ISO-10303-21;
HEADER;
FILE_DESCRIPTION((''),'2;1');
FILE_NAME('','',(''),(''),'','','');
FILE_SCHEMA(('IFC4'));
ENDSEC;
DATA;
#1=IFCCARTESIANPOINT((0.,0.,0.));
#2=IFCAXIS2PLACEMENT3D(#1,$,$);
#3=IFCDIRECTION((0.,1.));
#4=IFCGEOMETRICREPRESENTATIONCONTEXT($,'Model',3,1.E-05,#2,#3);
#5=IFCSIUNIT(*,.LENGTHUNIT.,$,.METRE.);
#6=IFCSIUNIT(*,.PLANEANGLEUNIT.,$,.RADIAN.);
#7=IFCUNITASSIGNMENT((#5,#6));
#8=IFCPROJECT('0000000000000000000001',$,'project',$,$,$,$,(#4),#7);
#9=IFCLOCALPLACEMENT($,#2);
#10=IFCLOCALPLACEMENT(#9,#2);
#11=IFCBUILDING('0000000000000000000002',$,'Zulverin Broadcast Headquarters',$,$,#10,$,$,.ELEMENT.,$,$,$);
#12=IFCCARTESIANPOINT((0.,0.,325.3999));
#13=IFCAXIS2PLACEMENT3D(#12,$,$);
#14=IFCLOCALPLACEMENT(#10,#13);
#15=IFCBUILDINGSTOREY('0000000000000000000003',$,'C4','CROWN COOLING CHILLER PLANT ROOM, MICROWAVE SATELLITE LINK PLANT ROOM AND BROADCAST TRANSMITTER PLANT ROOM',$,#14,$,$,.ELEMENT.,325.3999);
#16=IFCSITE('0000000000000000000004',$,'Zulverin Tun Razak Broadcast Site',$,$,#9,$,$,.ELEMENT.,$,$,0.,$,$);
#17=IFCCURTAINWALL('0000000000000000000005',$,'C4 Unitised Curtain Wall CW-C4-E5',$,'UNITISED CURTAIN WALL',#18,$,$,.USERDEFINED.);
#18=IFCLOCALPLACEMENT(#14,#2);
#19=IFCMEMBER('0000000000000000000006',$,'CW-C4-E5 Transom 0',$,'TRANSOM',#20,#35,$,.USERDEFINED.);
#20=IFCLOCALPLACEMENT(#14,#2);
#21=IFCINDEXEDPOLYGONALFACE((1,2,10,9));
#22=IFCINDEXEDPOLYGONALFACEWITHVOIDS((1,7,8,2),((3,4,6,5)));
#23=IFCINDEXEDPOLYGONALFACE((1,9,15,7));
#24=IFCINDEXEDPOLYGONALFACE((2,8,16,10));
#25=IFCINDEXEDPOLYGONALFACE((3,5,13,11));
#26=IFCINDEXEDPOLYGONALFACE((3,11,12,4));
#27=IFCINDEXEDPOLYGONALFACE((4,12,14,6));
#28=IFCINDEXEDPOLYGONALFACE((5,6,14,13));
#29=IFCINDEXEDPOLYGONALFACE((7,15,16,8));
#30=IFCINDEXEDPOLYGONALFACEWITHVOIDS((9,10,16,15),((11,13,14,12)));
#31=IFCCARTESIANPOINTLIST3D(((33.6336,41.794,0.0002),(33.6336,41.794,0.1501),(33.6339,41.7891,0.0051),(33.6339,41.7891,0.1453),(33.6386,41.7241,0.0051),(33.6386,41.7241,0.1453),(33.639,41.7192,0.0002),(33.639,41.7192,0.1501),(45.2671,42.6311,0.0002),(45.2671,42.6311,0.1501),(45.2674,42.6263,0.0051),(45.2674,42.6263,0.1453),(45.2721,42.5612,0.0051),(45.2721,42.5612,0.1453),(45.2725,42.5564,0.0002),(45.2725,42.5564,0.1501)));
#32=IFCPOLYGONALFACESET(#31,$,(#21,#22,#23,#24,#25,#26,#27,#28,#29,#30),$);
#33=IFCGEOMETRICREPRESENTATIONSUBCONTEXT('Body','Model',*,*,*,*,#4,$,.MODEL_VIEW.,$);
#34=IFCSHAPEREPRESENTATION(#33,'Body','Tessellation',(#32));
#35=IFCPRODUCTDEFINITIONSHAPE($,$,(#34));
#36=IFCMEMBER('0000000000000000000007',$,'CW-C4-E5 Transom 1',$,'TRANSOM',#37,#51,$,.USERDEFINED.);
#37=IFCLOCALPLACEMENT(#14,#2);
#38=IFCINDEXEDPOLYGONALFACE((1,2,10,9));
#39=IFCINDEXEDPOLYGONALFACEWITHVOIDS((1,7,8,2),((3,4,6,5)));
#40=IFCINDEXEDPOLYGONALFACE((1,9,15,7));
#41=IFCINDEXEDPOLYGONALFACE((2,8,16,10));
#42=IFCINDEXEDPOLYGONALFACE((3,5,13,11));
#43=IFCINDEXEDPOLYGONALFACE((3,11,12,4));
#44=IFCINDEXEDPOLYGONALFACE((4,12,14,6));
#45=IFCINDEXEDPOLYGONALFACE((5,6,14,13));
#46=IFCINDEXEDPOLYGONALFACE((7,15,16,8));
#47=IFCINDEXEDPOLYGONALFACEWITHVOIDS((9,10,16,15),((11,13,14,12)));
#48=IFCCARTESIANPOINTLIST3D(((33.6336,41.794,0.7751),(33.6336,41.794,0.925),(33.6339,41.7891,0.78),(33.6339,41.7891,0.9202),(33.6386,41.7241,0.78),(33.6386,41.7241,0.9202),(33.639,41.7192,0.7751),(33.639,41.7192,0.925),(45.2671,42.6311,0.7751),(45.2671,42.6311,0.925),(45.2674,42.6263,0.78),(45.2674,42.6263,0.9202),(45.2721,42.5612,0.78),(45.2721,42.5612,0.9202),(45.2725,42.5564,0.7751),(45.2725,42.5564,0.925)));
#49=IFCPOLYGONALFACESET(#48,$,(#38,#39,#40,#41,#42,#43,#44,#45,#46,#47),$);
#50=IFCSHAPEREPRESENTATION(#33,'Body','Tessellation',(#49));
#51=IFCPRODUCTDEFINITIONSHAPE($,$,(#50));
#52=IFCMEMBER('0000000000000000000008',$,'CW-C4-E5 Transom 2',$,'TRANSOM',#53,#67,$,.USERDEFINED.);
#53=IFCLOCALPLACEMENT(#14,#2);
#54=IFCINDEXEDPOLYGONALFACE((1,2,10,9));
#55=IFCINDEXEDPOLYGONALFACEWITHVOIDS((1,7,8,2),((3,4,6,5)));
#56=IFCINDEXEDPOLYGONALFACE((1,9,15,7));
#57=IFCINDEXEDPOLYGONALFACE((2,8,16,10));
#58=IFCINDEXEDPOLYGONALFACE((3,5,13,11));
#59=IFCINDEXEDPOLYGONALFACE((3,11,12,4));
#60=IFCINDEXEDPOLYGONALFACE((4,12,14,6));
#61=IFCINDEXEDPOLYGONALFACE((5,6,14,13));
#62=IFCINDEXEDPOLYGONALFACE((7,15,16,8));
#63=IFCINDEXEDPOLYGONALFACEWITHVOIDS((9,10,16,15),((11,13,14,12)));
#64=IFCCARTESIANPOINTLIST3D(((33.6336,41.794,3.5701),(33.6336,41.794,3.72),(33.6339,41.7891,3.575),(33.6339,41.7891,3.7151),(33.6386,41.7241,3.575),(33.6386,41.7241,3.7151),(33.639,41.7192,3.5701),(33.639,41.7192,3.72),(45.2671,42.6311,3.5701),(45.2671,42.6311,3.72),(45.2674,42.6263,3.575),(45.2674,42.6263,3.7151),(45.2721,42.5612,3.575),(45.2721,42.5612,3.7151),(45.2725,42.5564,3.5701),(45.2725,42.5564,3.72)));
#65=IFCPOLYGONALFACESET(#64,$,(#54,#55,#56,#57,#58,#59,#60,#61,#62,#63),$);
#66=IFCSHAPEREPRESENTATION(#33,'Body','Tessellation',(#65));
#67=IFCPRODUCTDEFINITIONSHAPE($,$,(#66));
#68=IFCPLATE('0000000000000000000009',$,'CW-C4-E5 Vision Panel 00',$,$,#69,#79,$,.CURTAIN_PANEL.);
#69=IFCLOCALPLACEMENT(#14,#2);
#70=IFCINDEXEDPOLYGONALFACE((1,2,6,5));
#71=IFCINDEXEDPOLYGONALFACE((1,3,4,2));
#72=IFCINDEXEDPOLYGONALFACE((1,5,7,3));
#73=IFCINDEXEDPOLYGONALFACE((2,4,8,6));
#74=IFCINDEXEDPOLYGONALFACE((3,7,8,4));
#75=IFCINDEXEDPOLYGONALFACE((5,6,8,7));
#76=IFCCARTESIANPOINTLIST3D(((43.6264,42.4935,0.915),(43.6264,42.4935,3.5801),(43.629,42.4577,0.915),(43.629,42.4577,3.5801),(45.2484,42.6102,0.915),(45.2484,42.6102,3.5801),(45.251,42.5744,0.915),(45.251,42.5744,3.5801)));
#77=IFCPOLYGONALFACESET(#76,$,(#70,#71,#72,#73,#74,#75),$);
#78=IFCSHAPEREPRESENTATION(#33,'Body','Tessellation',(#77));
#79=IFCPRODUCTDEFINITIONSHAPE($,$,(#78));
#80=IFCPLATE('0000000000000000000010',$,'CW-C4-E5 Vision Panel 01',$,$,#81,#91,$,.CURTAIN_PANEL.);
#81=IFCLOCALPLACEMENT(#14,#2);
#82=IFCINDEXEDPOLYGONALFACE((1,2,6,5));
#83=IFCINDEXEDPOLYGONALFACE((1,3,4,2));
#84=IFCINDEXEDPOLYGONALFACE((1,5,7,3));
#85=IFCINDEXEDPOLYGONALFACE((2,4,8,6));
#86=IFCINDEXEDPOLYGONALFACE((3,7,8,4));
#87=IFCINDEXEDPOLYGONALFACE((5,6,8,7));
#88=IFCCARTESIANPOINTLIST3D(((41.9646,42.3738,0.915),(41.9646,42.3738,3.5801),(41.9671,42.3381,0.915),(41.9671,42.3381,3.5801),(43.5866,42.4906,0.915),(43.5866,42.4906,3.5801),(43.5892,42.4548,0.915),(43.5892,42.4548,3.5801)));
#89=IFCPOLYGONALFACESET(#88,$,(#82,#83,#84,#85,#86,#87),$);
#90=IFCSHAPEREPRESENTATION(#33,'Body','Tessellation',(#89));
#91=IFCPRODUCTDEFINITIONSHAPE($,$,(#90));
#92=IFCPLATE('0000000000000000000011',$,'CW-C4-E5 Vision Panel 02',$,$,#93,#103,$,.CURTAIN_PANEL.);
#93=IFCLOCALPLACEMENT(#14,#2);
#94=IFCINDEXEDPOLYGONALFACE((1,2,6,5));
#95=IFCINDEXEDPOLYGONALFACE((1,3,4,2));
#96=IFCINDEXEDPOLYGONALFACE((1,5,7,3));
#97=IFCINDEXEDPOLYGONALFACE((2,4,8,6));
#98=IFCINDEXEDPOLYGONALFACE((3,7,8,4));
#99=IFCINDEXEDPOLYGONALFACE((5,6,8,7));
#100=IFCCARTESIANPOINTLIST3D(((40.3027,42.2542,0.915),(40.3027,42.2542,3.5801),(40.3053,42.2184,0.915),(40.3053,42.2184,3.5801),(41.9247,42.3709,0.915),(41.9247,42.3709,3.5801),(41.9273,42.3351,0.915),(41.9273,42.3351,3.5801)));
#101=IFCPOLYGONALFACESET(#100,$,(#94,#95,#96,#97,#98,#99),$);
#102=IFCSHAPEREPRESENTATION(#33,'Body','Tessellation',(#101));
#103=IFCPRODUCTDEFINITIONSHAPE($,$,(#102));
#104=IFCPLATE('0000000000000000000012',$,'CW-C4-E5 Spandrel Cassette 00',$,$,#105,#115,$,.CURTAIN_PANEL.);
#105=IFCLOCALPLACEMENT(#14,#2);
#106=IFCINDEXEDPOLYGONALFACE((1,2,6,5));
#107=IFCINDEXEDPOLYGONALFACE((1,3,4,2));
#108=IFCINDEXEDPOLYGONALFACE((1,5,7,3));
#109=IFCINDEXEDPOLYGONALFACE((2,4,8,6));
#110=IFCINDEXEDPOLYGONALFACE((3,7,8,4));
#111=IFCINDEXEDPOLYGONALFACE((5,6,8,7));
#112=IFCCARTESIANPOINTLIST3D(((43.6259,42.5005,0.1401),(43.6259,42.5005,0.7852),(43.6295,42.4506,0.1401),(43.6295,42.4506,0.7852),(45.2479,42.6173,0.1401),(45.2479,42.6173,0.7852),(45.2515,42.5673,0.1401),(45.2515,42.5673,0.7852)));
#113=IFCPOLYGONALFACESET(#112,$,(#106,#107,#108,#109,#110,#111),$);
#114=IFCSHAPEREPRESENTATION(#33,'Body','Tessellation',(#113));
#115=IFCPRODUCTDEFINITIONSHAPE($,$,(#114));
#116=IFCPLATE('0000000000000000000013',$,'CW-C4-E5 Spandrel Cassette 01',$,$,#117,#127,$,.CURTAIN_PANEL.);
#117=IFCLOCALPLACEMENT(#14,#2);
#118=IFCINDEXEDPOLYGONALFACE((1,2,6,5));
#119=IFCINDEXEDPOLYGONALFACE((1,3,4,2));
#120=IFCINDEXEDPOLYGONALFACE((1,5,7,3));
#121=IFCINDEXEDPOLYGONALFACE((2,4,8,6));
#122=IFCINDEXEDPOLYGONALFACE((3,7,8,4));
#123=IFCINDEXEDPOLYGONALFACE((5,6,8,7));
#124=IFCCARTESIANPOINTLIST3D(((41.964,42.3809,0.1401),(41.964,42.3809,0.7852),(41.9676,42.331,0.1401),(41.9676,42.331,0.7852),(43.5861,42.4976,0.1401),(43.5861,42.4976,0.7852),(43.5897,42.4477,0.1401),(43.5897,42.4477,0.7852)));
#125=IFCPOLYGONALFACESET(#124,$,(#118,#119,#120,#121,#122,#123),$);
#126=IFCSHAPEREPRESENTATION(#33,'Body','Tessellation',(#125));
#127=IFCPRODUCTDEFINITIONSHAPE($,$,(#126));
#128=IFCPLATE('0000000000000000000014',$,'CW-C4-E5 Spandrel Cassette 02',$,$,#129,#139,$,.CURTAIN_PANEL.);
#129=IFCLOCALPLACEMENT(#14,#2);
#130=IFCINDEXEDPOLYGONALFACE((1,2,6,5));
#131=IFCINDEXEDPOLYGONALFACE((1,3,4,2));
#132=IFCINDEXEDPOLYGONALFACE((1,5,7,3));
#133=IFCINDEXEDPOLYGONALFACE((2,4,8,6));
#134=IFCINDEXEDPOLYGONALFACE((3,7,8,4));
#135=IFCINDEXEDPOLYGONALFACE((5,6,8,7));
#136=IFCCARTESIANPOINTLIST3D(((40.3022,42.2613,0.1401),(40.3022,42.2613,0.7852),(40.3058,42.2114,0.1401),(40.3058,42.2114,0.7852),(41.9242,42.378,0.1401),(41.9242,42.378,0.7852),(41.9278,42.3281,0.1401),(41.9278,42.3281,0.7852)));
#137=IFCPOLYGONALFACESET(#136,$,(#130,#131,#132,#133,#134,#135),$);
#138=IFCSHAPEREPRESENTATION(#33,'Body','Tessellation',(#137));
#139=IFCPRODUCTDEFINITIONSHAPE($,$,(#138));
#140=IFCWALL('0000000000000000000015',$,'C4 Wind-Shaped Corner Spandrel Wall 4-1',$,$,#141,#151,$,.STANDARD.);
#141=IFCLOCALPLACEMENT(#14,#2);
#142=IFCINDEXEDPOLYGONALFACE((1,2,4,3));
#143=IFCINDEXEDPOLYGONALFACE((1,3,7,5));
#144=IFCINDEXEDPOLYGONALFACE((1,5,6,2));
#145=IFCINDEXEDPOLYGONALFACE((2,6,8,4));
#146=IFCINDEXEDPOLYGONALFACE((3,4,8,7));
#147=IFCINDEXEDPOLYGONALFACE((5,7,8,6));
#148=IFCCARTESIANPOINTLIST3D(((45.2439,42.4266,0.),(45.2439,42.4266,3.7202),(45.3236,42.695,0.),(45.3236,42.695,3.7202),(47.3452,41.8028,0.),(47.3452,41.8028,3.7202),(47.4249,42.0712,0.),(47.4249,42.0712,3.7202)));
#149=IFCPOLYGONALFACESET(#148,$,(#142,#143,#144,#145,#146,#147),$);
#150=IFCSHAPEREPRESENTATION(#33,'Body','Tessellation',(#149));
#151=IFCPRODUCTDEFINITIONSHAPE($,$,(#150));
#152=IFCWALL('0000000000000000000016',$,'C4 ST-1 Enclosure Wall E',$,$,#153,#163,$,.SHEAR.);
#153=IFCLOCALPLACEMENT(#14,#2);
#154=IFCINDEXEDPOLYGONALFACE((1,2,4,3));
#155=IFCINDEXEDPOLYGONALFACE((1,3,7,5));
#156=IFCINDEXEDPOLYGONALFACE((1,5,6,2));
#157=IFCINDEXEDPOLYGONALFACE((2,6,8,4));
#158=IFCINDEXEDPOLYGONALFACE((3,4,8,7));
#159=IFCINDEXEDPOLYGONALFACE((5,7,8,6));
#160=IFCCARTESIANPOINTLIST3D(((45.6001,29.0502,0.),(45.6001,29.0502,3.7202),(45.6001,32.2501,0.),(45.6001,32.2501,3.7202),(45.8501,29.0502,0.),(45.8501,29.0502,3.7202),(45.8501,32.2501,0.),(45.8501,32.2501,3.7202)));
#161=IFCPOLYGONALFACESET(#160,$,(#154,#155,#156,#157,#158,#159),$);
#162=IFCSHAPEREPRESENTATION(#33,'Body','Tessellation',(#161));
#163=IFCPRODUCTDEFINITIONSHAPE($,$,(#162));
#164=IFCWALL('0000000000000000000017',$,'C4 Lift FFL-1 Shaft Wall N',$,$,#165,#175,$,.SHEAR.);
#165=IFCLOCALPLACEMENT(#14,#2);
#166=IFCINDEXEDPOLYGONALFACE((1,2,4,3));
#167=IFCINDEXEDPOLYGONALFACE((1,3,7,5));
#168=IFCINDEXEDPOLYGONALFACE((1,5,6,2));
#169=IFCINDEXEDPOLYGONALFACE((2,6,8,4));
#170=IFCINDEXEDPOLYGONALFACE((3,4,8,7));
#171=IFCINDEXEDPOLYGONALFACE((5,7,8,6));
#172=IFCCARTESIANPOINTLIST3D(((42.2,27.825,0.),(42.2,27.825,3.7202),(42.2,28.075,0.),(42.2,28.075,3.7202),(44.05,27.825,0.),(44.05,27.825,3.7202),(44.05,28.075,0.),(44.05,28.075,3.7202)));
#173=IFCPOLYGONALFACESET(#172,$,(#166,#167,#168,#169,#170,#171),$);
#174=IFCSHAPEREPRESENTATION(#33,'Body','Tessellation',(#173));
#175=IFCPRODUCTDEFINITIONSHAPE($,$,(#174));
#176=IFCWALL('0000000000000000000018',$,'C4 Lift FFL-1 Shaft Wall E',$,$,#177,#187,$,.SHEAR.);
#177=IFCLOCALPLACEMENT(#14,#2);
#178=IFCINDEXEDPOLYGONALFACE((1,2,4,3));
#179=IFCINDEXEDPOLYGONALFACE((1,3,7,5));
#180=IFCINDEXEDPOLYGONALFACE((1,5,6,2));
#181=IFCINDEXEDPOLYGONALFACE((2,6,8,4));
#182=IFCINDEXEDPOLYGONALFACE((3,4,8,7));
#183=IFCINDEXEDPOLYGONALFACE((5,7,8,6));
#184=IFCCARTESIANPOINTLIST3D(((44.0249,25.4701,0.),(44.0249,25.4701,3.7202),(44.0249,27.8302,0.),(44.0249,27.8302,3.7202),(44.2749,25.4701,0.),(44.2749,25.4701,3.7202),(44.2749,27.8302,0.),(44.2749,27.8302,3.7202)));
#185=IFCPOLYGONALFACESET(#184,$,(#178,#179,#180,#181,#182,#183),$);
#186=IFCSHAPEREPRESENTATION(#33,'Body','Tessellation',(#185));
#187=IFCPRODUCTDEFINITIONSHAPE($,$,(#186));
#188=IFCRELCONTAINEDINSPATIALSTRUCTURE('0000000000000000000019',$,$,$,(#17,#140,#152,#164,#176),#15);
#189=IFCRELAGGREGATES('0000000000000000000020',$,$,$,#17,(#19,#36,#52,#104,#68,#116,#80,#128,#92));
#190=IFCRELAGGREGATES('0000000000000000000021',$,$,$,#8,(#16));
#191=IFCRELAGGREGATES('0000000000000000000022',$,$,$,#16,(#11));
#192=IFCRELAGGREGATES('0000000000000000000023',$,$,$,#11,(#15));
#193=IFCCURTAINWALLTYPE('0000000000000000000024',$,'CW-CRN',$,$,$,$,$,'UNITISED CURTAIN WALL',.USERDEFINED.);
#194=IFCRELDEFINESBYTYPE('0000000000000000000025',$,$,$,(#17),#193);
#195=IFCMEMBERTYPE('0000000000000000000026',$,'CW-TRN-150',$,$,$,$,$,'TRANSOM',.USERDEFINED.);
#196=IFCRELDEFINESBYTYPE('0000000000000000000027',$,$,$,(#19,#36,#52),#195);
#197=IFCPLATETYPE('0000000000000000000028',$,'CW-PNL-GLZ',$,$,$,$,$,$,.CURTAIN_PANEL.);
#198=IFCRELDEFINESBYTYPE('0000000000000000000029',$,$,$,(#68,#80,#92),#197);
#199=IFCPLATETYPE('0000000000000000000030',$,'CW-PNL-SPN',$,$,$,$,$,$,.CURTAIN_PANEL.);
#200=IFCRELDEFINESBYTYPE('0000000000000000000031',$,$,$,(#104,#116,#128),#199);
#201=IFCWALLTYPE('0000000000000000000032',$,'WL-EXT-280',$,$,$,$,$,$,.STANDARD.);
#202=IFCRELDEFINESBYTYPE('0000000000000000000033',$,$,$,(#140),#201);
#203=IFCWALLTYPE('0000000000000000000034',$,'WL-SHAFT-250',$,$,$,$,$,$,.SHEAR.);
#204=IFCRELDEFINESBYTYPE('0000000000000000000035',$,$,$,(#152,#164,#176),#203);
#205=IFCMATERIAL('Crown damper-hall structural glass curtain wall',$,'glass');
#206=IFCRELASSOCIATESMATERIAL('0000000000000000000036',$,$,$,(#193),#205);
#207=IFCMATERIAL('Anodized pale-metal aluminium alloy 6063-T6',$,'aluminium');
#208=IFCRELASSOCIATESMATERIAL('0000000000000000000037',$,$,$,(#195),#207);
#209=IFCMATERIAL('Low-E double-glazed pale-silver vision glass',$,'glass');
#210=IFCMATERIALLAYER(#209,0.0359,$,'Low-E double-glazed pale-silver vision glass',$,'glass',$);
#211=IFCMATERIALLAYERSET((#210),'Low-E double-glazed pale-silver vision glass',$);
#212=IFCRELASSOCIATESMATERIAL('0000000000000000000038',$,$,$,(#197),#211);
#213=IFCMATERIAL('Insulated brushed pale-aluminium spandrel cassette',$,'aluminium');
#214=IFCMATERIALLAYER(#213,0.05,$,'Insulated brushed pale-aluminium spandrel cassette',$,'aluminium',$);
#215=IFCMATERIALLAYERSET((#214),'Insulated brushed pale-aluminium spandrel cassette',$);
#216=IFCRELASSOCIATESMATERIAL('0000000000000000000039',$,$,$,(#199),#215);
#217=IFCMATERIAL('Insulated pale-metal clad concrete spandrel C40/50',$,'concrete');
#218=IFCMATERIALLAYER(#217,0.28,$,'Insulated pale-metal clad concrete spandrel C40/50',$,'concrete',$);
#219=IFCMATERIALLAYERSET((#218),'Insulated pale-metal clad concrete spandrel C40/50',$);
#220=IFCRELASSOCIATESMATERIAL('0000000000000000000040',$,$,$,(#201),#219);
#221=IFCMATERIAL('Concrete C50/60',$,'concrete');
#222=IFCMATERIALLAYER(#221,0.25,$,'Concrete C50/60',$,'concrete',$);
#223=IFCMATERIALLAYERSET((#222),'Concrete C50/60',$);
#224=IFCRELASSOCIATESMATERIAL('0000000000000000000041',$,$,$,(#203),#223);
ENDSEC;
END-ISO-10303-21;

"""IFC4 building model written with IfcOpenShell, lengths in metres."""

from ifc_helpers import new_model, si_unit, direction, frame, frame_2d, origin, origin_2d, place, context, subcontext, project, spatial, rectangle, hollow_rectangle, extrude, material, layer, layer_set, material_profile, profile_set, type_object, element, aggregate, save


model = new_model("IFC4")

# Units and contexts
model_context = context("Model", 3, precision=1e-05, world=origin(), true_north=direction((0.0, 1.0)))
body_context = subcontext(model_context, "Body", "Model", "MODEL_VIEW")
ifc_project = project(units=[si_unit("LENGTHUNIT", "METRE"), si_unit("PLANEANGLEUNIT", "RADIAN")], contexts=[model_context])

# Site, building, storey
site_placement = place(None, origin())
site = spatial("IfcSite", under=ifc_project, at=site_placement, Name="Zulverin Tun Razak Broadcast Site", CompositionType="ELEMENT", RefElevation=0.0)
building_placement = place(site_placement, origin())
building = spatial("IfcBuilding", under=site, at=building_placement, Name="Zulverin Broadcast Headquarters", CompositionType="ELEMENT")
storey_placement = place(building_placement, frame((0.0, 0.0, 325.3999)))
storey = spatial("IfcBuildingStorey", under=building, at=storey_placement, Name="C4", Description="CROWN COOLING CHILLER PLANT ROOM, MICROWAVE SATELLITE LINK PLANT ROOM AND BROADCAST TRANSMITTER PLANT ROOM", CompositionType="ELEMENT", Elevation=325.3999)

# Shared definitions
ifc_material_1 = material(Name="Concrete C50/60", Category="concrete")

# Curtain wall, members, plates
ifc_material_2 = material(Name="Crown damper-hall structural glass curtain wall", Category="glass")
curtain_wall_type = type_object("IfcCurtainWallType", Name="CW-CRN", ElementType="UNITISED CURTAIN WALL", PredefinedType="USERDEFINED", material=ifc_material_2)
curtain_wall_placement = place(storey_placement, origin())
curtain_wall = element("IfcCurtainWall", 1, at=curtain_wall_placement, inside=storey, type_object=curtain_wall_type, Name="C4 Unitised Curtain Wall CW-C4-E5", ObjectType="UNITISED CURTAIN WALL", PredefinedType="USERDEFINED")
ifc_material_3 = material(Name="Anodized pale-metal aluminium alloy 6063-T6", Category="aluminium")
ifc_material_profile_1 = material_profile(ifc_material_3, hollow_rectangle(XDim=0.075, YDim=0.1499, WallThickness=0.0049, at=origin_2d()), Name="Anodized pale-metal aluminium alloy 6063-T6", Category="aluminium")
ifc_profile_set_1 = profile_set([ifc_material_profile_1], Name="Anodized pale-metal aluminium alloy 6063-T6")
member_type_1 = type_object("IfcMemberType", Name="CW-TRN-150", ElementType="TRANSOM", PredefinedType="USERDEFINED", material=ifc_profile_set_1)
member_1_placement = place(storey_placement, frame((45.2698, 42.5938, 0.0752), z_axis=(-0.997421, -0.071775, 0.0), x_axis=(0.071775, -0.997421, 0.0)))
member_1 = element("IfcMember", 2, at=member_1_placement, type_object=member_type_1, Name="CW-C4-E5 Transom 0", ObjectType="TRANSOM", PredefinedType="USERDEFINED", context=body_context, shape_type="SweptSolid", body=[
    extrude(hollow_rectangle(XDim=0.075, YDim=0.1499, WallThickness=0.0049, at=origin_2d()), origin(), (0.0, 0.0, 1.0), 11.6636),
])
member_2_placement = place(storey_placement, frame((45.2698, 42.5938, 0.8501), z_axis=(-0.997421, -0.071775, 0.0), x_axis=(0.071775, -0.997421, 0.0)))
member_2 = element("IfcMember", 3, at=member_2_placement, type_object=member_type_1, Name="CW-C4-E5 Transom 1", ObjectType="TRANSOM", PredefinedType="USERDEFINED", context=body_context, shape_type="SweptSolid", body=[
    extrude(hollow_rectangle(XDim=0.075, YDim=0.1499, WallThickness=0.0049, at=origin_2d()), origin(), (0.0, 0.0, 1.0), 11.6636),
])
member_3_placement = place(storey_placement, frame((45.2698, 42.5938, 3.645), z_axis=(-0.997421, -0.071775, 0.0), x_axis=(0.071775, -0.997421, 0.0)))
member_3 = element("IfcMember", 4, at=member_3_placement, type_object=member_type_1, Name="CW-C4-E5 Transom 2", ObjectType="TRANSOM", PredefinedType="USERDEFINED", context=body_context, shape_type="SweptSolid", body=[
    extrude(hollow_rectangle(XDim=0.075, YDim=0.1499, WallThickness=0.0049, at=origin_2d()), origin(), (0.0, 0.0, 1.0), 11.6636),
])
ifc_material_4 = material(Name="Low-E double-glazed pale-silver vision glass", Category="glass")
ifc_layer_1 = layer(ifc_material_4, 0.0359, Name="Low-E double-glazed pale-silver vision glass", Category="glass")
ifc_layer_set_1 = layer_set([ifc_layer_1], Name="Low-E double-glazed pale-silver vision glass")
plate_type_1 = type_object("IfcPlateType", Name="CW-PNL-GLZ", PredefinedType="CURTAIN_PANEL", material=ifc_layer_set_1)
plate_1_placement = place(storey_placement, frame((44.4387, 42.5339, 0.915), z_axis=(0.0, 0.0, 1.0), x_axis=(-0.997421, -0.071771, 0.0)))
plate_1 = element("IfcPlate", 5, at=plate_1_placement, type_object=plate_type_1, Name="CW-C4-E5 Vision Panel 00", PredefinedType="CURTAIN_PANEL", context=body_context, shape_type="SweptSolid", body=[
    extrude(rectangle(XDim=1.6262, YDim=0.0359, at=origin_2d()), origin(), (0.0, 0.0, 1.0), 2.665),
])
plate_2_placement = place(storey_placement, frame((42.7769, 42.4143, 0.915), z_axis=(0.0, 0.0, 1.0), x_axis=(-0.997421, -0.071771, 0.0)))
plate_2 = element("IfcPlate", 6, at=plate_2_placement, type_object=plate_type_1, Name="CW-C4-E5 Vision Panel 01", PredefinedType="CURTAIN_PANEL", context=body_context, shape_type="SweptSolid", body=[
    extrude(rectangle(XDim=1.6262, YDim=0.0359, at=origin_2d()), origin(), (0.0, 0.0, 1.0), 2.665),
])
plate_3_placement = place(storey_placement, frame((41.115, 42.2947, 0.915), z_axis=(0.0, 0.0, 1.0), x_axis=(-0.997421, -0.071771, 0.0)))
plate_3 = element("IfcPlate", 7, at=plate_3_placement, type_object=plate_type_1, Name="CW-C4-E5 Vision Panel 02", PredefinedType="CURTAIN_PANEL", context=body_context, shape_type="SweptSolid", body=[
    extrude(rectangle(XDim=1.6262, YDim=0.0359, at=origin_2d()), origin(), (0.0, 0.0, 1.0), 2.665),
])
ifc_material_5 = material(Name="Insulated brushed pale-aluminium spandrel cassette", Category="aluminium")
ifc_layer_2 = layer(ifc_material_5, 0.05, Name="Insulated brushed pale-aluminium spandrel cassette", Category="aluminium")
ifc_layer_set_2 = layer_set([ifc_layer_2], Name="Insulated brushed pale-aluminium spandrel cassette")
plate_type_2 = type_object("IfcPlateType", Name="CW-PNL-SPN", PredefinedType="CURTAIN_PANEL", material=ifc_layer_set_2)
plate_4_placement = place(storey_placement, frame((44.4387, 42.5339, 0.1401), z_axis=(0.0, 0.0, 1.0), x_axis=(-0.997421, -0.071771, 0.0)))
plate_4 = element("IfcPlate", 8, at=plate_4_placement, type_object=plate_type_2, Name="CW-C4-E5 Spandrel Cassette 00", PredefinedType="CURTAIN_PANEL", context=body_context, shape_type="SweptSolid", body=[
    extrude(rectangle(XDim=1.6262, YDim=0.05, at=origin_2d()), origin(), (0.0, 0.0, 1.0), 0.645),
])
plate_5_placement = place(storey_placement, frame((42.7769, 42.4143, 0.1401), z_axis=(0.0, 0.0, 1.0), x_axis=(-0.997421, -0.071771, 0.0)))
plate_5 = element("IfcPlate", 9, at=plate_5_placement, type_object=plate_type_2, Name="CW-C4-E5 Spandrel Cassette 01", PredefinedType="CURTAIN_PANEL", context=body_context, shape_type="SweptSolid", body=[
    extrude(rectangle(XDim=1.6262, YDim=0.05, at=origin_2d()), origin(), (0.0, 0.0, 1.0), 0.645),
])
plate_6_placement = place(storey_placement, frame((41.115, 42.2947, 0.1401), z_axis=(0.0, 0.0, 1.0), x_axis=(-0.997421, -0.071771, 0.0)))
plate_6 = element("IfcPlate", 10, at=plate_6_placement, type_object=plate_type_2, Name="CW-C4-E5 Spandrel Cassette 02", PredefinedType="CURTAIN_PANEL", context=body_context, shape_type="SweptSolid", body=[
    extrude(rectangle(XDim=1.6262, YDim=0.05, at=origin_2d()), origin(), (0.0, 0.0, 1.0), 0.645),
])
aggregate(curtain_wall, [member_1, member_2, member_3, plate_4, plate_1, plate_5, plate_2, plate_6, plate_3])

# Walls
ifc_material_6 = material(Name="Insulated pale-metal clad concrete spandrel C40/50", Category="concrete")
ifc_layer_3 = layer(ifc_material_6, 0.28, Name="Insulated pale-metal clad concrete spandrel C40/50", Category="concrete")
ifc_layer_set_3 = layer_set([ifc_layer_3], Name="Insulated pale-metal clad concrete spandrel C40/50")
wall_type_1 = type_object("IfcWallType", Name="WL-EXT-280", PredefinedType="STANDARD", material=ifc_layer_set_3)
wall_1_placement = place(storey_placement, frame((47.385, 41.937, 0.0), z_axis=(0.0, 0.0, 1.0), x_axis=(-0.958653, 0.284577, 0.0)))
element("IfcWall", 11, at=wall_1_placement, inside=storey, type_object=wall_type_1, Name="C4 Wind-Shaped Corner Spandrel Wall 4-1", PredefinedType="STANDARD", context=body_context, shape_type="SweptSolid", body=[
    extrude(rectangle(XDim=2.1919, YDim=0.28, at=frame_2d((1.0959, 0.0))), origin(), (0.0, 0.0, 1.0), 3.7202),
])
ifc_layer_4 = layer(ifc_material_1, 0.25, Name="Concrete C50/60", Category="concrete")
ifc_layer_set_4 = layer_set([ifc_layer_4], Name="Concrete C50/60")
wall_type_2 = type_object("IfcWallType", Name="WL-SHAFT-250", PredefinedType="SHEAR", material=ifc_layer_set_4)
wall_2_placement = place(storey_placement, frame((45.7251, 29.05, 0.0), z_axis=(0.0, 0.0, 1.0), x_axis=(0.0, 1.0, 0.0)))
element("IfcWall", 12, at=wall_2_placement, inside=storey, type_object=wall_type_2, Name="C4 ST-1 Enclosure Wall E", PredefinedType="SHEAR", context=body_context, shape_type="SweptSolid", body=[
    extrude(rectangle(XDim=3.2, YDim=0.25, at=frame_2d((1.6001, 0.0))), origin(), (0.0, 0.0, 1.0), 3.7202),
])
wall_3_placement = place(storey_placement, frame((42.2, 27.95, 0.0), z_axis=(0.0, 0.0, 1.0), x_axis=(1.0, 0.0, 0.0)))
element("IfcWall", 13, at=wall_3_placement, inside=storey, type_object=wall_type_2, Name="C4 Lift FFL-1 Shaft Wall N", PredefinedType="SHEAR", context=body_context, shape_type="SweptSolid", body=[
    extrude(rectangle(XDim=1.8501, YDim=0.25, at=frame_2d((0.925, 0.0))), origin(), (0.0, 0.0, 1.0), 3.7202),
])
wall_4_placement = place(storey_placement, frame((44.1499, 25.47, 0.0), z_axis=(0.0, 0.0, 1.0), x_axis=(0.0, 1.0, 0.0)))
element("IfcWall", 14, at=wall_4_placement, inside=storey, type_object=wall_type_2, Name="C4 Lift FFL-1 Shaft Wall E", PredefinedType="SHEAR", context=body_context, shape_type="SweptSolid", body=[
    extrude(rectangle(XDim=2.3601, YDim=0.25, at=frame_2d((1.1802, 0.0))), origin(), (0.0, 0.0, 1.0), 3.7202),
])

save(model, "model.ifc")
